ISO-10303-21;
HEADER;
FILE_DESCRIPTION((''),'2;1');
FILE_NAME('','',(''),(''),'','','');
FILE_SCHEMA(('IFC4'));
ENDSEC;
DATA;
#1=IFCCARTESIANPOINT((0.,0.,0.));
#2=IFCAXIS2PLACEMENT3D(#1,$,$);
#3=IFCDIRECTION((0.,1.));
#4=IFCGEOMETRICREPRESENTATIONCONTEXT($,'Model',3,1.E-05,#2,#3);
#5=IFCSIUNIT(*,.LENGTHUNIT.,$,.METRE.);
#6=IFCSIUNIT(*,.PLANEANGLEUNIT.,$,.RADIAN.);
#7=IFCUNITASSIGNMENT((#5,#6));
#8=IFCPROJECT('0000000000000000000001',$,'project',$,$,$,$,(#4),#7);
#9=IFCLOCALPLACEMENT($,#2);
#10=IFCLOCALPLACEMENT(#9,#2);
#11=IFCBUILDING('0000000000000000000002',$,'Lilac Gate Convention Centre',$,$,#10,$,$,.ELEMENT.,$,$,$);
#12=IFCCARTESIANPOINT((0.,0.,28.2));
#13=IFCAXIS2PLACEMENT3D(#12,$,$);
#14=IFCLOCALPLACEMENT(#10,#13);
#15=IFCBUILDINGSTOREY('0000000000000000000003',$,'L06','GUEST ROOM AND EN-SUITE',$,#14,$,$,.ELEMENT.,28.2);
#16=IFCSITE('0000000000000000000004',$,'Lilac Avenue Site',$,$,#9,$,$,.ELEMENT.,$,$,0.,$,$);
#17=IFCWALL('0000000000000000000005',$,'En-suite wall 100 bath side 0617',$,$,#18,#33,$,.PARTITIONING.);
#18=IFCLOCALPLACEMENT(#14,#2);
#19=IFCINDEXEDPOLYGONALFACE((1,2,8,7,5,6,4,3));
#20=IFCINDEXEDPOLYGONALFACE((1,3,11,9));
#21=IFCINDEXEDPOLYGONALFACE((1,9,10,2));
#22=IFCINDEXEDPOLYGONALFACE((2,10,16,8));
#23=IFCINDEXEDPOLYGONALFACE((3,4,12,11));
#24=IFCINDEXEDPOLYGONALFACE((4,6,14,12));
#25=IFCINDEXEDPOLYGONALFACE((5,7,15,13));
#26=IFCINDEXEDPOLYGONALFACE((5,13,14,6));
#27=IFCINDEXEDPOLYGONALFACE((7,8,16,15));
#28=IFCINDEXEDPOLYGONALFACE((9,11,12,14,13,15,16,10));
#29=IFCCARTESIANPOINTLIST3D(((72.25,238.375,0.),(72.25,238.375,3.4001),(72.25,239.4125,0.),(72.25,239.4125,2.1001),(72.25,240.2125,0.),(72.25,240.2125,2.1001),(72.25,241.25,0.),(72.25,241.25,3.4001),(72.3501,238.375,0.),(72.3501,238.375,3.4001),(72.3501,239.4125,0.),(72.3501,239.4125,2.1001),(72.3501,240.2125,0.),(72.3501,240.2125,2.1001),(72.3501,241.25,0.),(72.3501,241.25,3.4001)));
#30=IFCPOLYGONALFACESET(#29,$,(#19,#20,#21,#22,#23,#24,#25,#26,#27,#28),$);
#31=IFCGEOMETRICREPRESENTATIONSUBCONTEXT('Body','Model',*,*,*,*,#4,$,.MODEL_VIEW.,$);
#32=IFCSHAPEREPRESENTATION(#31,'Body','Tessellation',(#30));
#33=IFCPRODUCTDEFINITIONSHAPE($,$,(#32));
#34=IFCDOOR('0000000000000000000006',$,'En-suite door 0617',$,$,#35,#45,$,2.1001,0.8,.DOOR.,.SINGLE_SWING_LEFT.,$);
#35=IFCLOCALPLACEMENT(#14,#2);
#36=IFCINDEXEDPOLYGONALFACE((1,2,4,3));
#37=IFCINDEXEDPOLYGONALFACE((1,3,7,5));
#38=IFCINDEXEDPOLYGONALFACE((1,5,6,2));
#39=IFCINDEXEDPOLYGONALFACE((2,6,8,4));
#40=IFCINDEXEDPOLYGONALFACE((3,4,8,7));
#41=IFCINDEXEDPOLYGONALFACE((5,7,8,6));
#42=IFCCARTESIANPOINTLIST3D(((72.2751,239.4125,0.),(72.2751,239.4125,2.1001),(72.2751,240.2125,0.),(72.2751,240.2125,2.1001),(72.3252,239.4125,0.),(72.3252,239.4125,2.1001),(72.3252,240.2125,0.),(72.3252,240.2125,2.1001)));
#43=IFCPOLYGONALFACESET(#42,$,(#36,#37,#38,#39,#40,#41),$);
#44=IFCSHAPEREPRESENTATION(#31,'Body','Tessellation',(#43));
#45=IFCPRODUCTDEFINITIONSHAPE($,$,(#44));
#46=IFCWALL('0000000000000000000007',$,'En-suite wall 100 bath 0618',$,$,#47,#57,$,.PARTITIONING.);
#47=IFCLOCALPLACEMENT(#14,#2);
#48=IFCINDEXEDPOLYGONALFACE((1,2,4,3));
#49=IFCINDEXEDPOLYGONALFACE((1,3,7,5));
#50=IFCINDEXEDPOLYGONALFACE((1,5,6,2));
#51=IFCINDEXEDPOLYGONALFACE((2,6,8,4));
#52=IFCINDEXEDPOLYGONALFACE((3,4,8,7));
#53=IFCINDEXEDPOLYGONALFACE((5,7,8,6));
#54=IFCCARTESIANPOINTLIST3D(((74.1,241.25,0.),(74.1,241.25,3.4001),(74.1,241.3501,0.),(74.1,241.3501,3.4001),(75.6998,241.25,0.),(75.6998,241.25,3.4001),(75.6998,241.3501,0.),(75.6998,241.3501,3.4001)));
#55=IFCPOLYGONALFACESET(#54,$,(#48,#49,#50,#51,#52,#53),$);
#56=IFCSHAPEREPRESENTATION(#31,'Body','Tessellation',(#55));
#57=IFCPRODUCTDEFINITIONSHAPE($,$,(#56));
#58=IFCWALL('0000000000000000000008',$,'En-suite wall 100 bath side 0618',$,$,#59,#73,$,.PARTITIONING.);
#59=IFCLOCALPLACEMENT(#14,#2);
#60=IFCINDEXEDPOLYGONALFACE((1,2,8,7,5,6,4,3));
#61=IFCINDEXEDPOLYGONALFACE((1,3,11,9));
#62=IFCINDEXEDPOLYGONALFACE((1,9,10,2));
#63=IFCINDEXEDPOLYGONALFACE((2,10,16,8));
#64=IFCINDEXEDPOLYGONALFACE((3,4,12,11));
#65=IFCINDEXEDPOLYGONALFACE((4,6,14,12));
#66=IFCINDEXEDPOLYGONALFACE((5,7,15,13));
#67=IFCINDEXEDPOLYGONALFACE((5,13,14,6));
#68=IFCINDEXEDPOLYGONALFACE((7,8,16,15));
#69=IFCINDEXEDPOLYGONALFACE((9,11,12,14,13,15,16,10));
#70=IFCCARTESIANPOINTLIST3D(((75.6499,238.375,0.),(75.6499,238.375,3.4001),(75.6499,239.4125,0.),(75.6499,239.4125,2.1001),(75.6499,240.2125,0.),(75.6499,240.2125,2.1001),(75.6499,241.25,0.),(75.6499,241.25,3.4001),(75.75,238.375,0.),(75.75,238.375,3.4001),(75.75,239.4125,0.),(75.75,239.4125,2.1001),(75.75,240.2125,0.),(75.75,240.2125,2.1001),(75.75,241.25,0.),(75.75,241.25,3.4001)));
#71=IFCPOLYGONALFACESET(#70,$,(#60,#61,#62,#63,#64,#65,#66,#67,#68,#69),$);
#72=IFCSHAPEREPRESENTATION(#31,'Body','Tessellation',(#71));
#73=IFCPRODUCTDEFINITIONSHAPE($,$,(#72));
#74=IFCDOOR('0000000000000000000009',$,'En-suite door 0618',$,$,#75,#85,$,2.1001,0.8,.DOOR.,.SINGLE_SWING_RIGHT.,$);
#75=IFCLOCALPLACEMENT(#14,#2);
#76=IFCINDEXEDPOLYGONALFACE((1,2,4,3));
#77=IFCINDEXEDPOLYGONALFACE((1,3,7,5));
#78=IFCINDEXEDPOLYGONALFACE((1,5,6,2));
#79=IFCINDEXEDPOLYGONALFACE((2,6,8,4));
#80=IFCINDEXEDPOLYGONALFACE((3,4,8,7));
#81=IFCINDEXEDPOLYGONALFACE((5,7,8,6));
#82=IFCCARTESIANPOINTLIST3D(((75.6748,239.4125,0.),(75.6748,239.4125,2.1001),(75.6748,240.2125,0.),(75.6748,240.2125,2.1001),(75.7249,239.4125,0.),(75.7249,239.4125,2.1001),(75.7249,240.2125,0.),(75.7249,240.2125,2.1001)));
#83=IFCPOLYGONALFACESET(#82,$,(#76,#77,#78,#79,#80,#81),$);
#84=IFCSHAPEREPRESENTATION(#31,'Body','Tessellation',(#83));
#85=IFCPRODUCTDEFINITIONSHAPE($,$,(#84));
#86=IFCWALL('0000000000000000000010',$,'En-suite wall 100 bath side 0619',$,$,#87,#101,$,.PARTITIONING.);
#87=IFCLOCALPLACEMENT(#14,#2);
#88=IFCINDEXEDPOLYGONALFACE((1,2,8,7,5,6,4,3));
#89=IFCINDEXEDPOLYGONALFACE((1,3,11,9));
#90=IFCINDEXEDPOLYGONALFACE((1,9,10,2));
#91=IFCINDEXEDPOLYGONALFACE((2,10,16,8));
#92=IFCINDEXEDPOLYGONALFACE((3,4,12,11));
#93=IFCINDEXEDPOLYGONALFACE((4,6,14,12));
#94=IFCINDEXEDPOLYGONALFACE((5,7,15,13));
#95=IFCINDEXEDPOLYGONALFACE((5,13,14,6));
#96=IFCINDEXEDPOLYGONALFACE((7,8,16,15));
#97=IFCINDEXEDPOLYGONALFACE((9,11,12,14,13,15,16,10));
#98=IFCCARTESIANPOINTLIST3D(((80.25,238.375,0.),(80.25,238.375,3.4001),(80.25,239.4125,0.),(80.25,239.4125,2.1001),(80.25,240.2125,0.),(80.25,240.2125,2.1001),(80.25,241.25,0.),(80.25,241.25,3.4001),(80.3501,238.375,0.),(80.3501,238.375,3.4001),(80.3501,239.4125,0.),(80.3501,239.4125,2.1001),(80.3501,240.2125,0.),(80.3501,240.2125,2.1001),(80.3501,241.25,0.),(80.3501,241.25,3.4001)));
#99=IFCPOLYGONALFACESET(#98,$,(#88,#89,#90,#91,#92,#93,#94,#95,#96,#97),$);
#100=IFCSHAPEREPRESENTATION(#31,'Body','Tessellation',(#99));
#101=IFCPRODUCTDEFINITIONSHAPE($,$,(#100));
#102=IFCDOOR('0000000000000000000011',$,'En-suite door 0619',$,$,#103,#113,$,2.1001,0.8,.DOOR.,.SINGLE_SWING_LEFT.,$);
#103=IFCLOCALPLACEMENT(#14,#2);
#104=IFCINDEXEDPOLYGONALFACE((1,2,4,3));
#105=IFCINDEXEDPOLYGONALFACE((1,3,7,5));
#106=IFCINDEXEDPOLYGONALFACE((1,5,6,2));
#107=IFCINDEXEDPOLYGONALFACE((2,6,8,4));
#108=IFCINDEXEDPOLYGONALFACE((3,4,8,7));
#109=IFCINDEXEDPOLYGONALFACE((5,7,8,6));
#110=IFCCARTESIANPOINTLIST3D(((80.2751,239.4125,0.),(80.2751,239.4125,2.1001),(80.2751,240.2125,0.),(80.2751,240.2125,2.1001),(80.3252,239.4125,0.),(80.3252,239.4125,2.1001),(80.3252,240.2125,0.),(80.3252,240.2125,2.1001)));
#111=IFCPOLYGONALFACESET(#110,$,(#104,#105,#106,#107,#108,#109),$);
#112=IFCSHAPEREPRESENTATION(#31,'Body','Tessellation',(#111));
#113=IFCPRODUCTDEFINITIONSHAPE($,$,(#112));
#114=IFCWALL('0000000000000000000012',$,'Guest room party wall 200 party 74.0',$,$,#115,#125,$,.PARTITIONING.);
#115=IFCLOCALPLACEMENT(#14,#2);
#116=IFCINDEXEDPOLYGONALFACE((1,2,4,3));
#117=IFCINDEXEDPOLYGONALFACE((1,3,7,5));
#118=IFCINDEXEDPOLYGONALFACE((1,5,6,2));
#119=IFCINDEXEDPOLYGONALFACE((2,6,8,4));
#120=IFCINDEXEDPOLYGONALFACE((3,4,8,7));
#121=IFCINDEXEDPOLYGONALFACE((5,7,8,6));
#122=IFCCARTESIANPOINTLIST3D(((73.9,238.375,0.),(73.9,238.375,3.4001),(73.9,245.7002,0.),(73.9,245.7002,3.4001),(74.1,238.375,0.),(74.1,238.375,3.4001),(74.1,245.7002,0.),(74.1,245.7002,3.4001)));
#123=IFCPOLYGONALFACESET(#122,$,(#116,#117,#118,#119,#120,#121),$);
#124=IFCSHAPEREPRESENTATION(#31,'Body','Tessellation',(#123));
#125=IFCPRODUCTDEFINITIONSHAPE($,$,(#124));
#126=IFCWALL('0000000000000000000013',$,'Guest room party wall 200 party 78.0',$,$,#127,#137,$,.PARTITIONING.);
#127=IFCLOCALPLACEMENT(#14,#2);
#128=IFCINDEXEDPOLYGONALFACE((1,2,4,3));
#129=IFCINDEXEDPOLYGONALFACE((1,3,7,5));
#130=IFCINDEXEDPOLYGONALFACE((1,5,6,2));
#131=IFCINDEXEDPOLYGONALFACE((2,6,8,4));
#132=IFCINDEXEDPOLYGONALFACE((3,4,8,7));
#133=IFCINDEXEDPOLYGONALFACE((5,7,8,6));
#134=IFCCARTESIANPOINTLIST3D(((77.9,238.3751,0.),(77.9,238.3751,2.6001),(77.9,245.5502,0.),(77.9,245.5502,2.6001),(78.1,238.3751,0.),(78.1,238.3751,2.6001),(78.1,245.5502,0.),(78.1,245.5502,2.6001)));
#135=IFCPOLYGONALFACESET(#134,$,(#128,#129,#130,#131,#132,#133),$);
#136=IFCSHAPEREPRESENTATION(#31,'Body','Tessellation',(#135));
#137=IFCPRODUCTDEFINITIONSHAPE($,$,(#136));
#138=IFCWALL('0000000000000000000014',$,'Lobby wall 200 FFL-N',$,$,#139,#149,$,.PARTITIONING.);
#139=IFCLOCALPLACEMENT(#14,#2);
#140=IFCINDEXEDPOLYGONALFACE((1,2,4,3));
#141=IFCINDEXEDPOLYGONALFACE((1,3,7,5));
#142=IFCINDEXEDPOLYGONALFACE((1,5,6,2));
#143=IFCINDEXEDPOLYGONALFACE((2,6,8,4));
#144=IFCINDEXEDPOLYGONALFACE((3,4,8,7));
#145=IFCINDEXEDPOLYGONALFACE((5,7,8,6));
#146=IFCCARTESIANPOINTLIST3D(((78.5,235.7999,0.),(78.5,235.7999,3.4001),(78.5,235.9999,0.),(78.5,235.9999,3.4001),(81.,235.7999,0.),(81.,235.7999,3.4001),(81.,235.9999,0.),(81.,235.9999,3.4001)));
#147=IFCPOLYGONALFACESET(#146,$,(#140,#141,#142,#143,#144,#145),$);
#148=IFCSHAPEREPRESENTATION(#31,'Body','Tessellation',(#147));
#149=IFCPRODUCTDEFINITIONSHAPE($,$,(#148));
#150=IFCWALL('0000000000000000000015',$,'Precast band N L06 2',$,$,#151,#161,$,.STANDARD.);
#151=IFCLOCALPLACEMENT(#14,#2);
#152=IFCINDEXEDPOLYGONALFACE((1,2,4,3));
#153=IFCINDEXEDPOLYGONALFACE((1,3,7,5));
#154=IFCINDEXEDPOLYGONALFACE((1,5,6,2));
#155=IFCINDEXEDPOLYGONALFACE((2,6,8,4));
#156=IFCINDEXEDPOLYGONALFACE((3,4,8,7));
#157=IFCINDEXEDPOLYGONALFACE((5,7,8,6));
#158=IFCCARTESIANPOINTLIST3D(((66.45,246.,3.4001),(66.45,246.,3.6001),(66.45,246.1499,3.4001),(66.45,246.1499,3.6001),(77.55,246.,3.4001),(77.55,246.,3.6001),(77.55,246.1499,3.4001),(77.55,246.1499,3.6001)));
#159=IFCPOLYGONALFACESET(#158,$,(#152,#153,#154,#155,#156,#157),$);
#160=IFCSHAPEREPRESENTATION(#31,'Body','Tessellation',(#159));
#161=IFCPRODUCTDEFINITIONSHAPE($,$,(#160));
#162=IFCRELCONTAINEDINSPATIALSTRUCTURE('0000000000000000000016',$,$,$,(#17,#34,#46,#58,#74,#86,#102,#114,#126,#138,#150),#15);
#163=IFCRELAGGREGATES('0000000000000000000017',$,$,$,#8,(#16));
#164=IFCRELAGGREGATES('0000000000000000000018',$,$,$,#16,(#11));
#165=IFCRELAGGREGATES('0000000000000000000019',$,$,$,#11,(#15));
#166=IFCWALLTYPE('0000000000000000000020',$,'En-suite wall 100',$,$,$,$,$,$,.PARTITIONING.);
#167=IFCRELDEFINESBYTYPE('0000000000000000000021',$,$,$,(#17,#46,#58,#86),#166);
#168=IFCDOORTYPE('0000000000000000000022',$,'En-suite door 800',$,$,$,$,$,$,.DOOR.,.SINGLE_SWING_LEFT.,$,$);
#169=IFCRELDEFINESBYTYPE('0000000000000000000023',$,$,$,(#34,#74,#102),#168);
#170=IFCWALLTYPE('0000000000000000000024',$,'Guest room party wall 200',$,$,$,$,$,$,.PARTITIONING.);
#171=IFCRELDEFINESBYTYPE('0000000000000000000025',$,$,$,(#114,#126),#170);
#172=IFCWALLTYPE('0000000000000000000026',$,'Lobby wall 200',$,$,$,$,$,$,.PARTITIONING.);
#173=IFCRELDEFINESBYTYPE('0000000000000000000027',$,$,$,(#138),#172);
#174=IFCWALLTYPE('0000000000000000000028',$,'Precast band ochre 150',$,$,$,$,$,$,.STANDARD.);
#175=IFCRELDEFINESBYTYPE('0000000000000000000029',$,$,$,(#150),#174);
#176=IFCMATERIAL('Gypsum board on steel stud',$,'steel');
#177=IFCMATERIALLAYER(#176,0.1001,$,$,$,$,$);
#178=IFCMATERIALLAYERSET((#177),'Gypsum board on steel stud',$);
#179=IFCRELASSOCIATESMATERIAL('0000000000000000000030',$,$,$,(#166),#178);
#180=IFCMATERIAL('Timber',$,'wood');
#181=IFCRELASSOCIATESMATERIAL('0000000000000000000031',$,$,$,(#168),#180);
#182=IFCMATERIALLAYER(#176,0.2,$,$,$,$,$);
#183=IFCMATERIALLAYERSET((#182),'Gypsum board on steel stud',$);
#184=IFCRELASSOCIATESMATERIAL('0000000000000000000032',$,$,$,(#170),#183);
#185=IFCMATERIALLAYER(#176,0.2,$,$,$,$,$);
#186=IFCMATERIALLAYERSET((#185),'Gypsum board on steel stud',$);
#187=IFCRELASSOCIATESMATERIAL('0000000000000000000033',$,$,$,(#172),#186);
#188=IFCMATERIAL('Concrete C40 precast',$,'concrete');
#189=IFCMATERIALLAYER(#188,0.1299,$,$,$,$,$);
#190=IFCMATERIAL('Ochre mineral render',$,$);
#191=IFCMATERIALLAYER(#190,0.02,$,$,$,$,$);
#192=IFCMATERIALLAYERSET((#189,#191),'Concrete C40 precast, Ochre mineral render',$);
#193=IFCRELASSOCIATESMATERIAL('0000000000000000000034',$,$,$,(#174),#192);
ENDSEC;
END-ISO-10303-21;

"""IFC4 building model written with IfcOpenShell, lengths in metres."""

from ifc_helpers import new_model, si_unit, direction, frame, frame_2d, origin, place, context, subcontext, project, spatial, rectangle, extrude, material, layer, layer_set, type_object, element, fill, save


model = new_model("IFC4")

# Units and contexts
model_context = context("Model", 3, precision=1e-05, world=origin(), true_north=direction((0.0, 1.0)))
body_context = subcontext(model_context, "Body", "Model", "MODEL_VIEW")
ifc_project = project(units=[si_unit("LENGTHUNIT", "METRE"), si_unit("PLANEANGLEUNIT", "RADIAN")], contexts=[model_context])

# Site, building, storey
site_placement = place(None, origin())
site = spatial("IfcSite", under=ifc_project, at=site_placement, Name="Lilac Avenue Site", CompositionType="ELEMENT", RefElevation=0.0)
building_placement = place(site_placement, origin())
building = spatial("IfcBuilding", under=site, at=building_placement, Name="Lilac Gate Convention Centre", CompositionType="ELEMENT")
storey_placement = place(building_placement, frame((0.0, 0.0, 28.2)))
storey = spatial("IfcBuildingStorey", under=building, at=storey_placement, Name="L06", Description="GUEST ROOM AND EN-SUITE", CompositionType="ELEMENT", Elevation=28.2)

# Shared definitions
ifc_material_1 = material(Name="Gypsum board on steel stud", Category="steel")
ifc_material_2 = material(Name="Timber", Category="wood")

# Shared definitions
ifc_layer_1 = layer(ifc_material_1, 0.1001)
ifc_layer_set_1 = layer_set([ifc_layer_1], Name="Gypsum board on steel stud")
wall_type_1 = type_object("IfcWallType", Name="En-suite wall 100", PredefinedType="PARTITIONING", material=ifc_layer_set_1)

# Wall, opening, door
wall_1_placement = place(storey_placement, frame((72.3, 238.375, 0.0), z_axis=(0.0, 0.0, 1.0), x_axis=(0.0, 1.0, 0.0)))
wall_1 = element("IfcWall", 1, at=wall_1_placement, inside=storey, type_object=wall_type_1, Name="En-suite wall 100 bath side 0617", PredefinedType="PARTITIONING", context=body_context, shape_type="SweptSolid", body=[
    extrude(rectangle(XDim=2.875, YDim=0.1001, at=frame_2d((1.4375, 0.0))), origin(), (0.0, 0.0, 1.0), 3.4001),
])
opening_1_placement = place(wall_1_placement, frame((1.0376, 0.0, 0.0)))
opening_1 = element("IfcOpeningElement", 2, at=opening_1_placement, cuts=wall_1, PredefinedType="OPENING", context=body_context, shape_type="SweptSolid", body=[
    extrude(rectangle(XDim=0.8, YDim=2.1001, at=frame_2d((0.3999, 1.05))), frame((0.0, 0.0601, 0.0), z_axis=(0.0, -1.0, 0.0), x_axis=(1.0, 0.0, 0.0)), (0.0, 0.0, 1.0), 0.1201),
])
door_type_1 = type_object("IfcDoorType", Name="En-suite door 800", OperationType="SINGLE_SWING_LEFT", PredefinedType="DOOR", material=ifc_material_2)
door_1_placement = place(opening_1_placement, origin())
door_1 = element("IfcDoor", 3, at=door_1_placement, inside=storey, type_object=door_type_1, Name="En-suite door 0617", OperationType="SINGLE_SWING_LEFT", OverallHeight=2.1001, OverallWidth=0.8, PredefinedType="DOOR", context=body_context, shape_type="SweptSolid", body=[
    extrude(rectangle(XDim=0.8, YDim=2.1001, at=frame_2d((0.3999, 1.05))), frame((0.0, 0.0249, 0.0), z_axis=(0.0, -1.0, 0.0), x_axis=(1.0, 0.0, 0.0)), (0.0, 0.0, 1.0), 0.05),
])
fill(opening_1, door_1)

# Wall
wall_2_placement = place(storey_placement, frame((74.1001, 241.3, 0.0), z_axis=(0.0, 0.0, 1.0), x_axis=(1.0, 0.0, 0.0)))
element("IfcWall", 4, at=wall_2_placement, inside=storey, type_object=wall_type_1, Name="En-suite wall 100 bath 0618", PredefinedType="PARTITIONING", context=body_context, shape_type="SweptSolid", body=[
    extrude(rectangle(XDim=1.5999, YDim=0.1001, at=frame_2d((0.7998, 0.0))), origin(), (0.0, 0.0, 1.0), 3.4001),
])

# Walls, openings, doors
wall_3_placement = place(storey_placement, frame((75.7, 241.25, 0.0), z_axis=(0.0, 0.0, 1.0), x_axis=(0.0, -1.0, 0.0)))
wall_3 = element("IfcWall", 5, at=wall_3_placement, inside=storey, type_object=wall_type_1, Name="En-suite wall 100 bath side 0618", PredefinedType="PARTITIONING", context=body_context, shape_type="SweptSolid", body=[
    extrude(rectangle(XDim=2.875, YDim=0.1001, at=frame_2d((1.4375, 0.0))), origin(), (0.0, 0.0, 1.0), 3.4001),
])
opening_2_placement = place(wall_3_placement, frame((1.0376, 0.0, 0.0)))
opening_2 = element("IfcOpeningElement", 6, at=opening_2_placement, cuts=wall_3, PredefinedType="OPENING", context=body_context, shape_type="SweptSolid", body=[
    extrude(rectangle(XDim=0.8, YDim=2.1001, at=frame_2d((0.3999, 1.05))), frame((0.0, 0.0601, 0.0), z_axis=(0.0, -1.0, 0.0), x_axis=(1.0, 0.0, 0.0)), (0.0, 0.0, 1.0), 0.1201),
])
door_2_placement = place(opening_2_placement, origin())
door_2 = element("IfcDoor", 7, at=door_2_placement, inside=storey, type_object=door_type_1, Name="En-suite door 0618", OperationType="SINGLE_SWING_RIGHT", OverallHeight=2.1001, OverallWidth=0.8, PredefinedType="DOOR", context=body_context, shape_type="SweptSolid", body=[
    extrude(rectangle(XDim=0.8, YDim=2.1001, at=frame_2d((0.3999, 1.05))), frame((0.0, 0.0249, 0.0), z_axis=(0.0, -1.0, 0.0), x_axis=(1.0, 0.0, 0.0)), (0.0, 0.0, 1.0), 0.05),
])
fill(opening_2, door_2)
wall_4_placement = place(storey_placement, frame((80.3, 238.375, 0.0), z_axis=(0.0, 0.0, 1.0), x_axis=(0.0, 1.0, 0.0)))
wall_4 = element("IfcWall", 8, at=wall_4_placement, inside=storey, type_object=wall_type_1, Name="En-suite wall 100 bath side 0619", PredefinedType="PARTITIONING", context=body_context, shape_type="SweptSolid", body=[
    extrude(rectangle(XDim=2.875, YDim=0.1001, at=frame_2d((1.4375, 0.0))), origin(), (0.0, 0.0, 1.0), 3.4001),
])
opening_3_placement = place(wall_4_placement, frame((1.0376, 0.0, 0.0)))
opening_3 = element("IfcOpeningElement", 9, at=opening_3_placement, cuts=wall_4, PredefinedType="OPENING", context=body_context, shape_type="SweptSolid", body=[
    extrude(rectangle(XDim=0.8, YDim=2.1001, at=frame_2d((0.3999, 1.05))), frame((0.0, 0.0601, 0.0), z_axis=(0.0, -1.0, 0.0), x_axis=(1.0, 0.0, 0.0)), (0.0, 0.0, 1.0), 0.1201),
])
door_3_placement = place(opening_3_placement, origin())
door_3 = element("IfcDoor", 10, at=door_3_placement, inside=storey, type_object=door_type_1, Name="En-suite door 0619", OperationType="SINGLE_SWING_LEFT", OverallHeight=2.1001, OverallWidth=0.8, PredefinedType="DOOR", context=body_context, shape_type="SweptSolid", body=[
    extrude(rectangle(XDim=0.8, YDim=2.1001, at=frame_2d((0.3999, 1.05))), frame((0.0, 0.0249, 0.0), z_axis=(0.0, -1.0, 0.0), x_axis=(1.0, 0.0, 0.0)), (0.0, 0.0, 1.0), 0.05),
])
fill(opening_3, door_3)

# Walls
ifc_layer_2 = layer(ifc_material_1, 0.2)
ifc_layer_set_2 = layer_set([ifc_layer_2], Name="Gypsum board on steel stud")
wall_type_2 = type_object("IfcWallType", Name="Guest room party wall 200", PredefinedType="PARTITIONING", material=ifc_layer_set_2)
wall_5_placement = place(storey_placement, frame((74.0, 245.7002, 0.0), z_axis=(0.0, 0.0, 1.0), x_axis=(0.0, -1.0, 0.0)))
element("IfcWall", 11, at=wall_5_placement, inside=storey, type_object=wall_type_2, Name="Guest room party wall 200 party 74.0", PredefinedType="PARTITIONING", context=body_context, shape_type="SweptSolid", body=[
    extrude(rectangle(XDim=7.3252, YDim=0.2, at=frame_2d((3.6626, 0.0))), origin(), (0.0, 0.0, 1.0), 3.4001),
])
wall_6_placement = place(storey_placement, frame((78.0, 245.55, 0.0), z_axis=(0.0, 0.0, 1.0), x_axis=(0.0, -1.0, 0.0)))
element("IfcWall", 12, at=wall_6_placement, inside=storey, type_object=wall_type_2, Name="Guest room party wall 200 party 78.0", PredefinedType="PARTITIONING", context=body_context, shape_type="SweptSolid", body=[
    extrude(rectangle(XDim=7.175, YDim=0.2, at=frame_2d((3.5874, 0.0))), origin(), (0.0, 0.0, 1.0), 2.6001),
])
ifc_layer_3 = layer(ifc_material_1, 0.2)
ifc_layer_set_3 = layer_set([ifc_layer_3], Name="Gypsum board on steel stud")
wall_type_3 = type_object("IfcWallType", Name="Lobby wall 200", PredefinedType="PARTITIONING", material=ifc_layer_set_3)
wall_7_placement = place(storey_placement, frame((78.5, 235.8999, 0.0), z_axis=(0.0, 0.0, 1.0), x_axis=(1.0, 0.0, 0.0)))
element("IfcWall", 13, at=wall_7_placement, inside=storey, type_object=wall_type_3, Name="Lobby wall 200 FFL-N", PredefinedType="PARTITIONING", context=body_context, shape_type="SweptSolid", body=[
    extrude(rectangle(XDim=2.5, YDim=0.2, at=frame_2d((1.25, 0.0))), origin(), (0.0, 0.0, 1.0), 3.4001),
])
ifc_material_3 = material(Name="Concrete C40 precast", Category="concrete")
ifc_layer_4 = layer(ifc_material_3, 0.1299)
ifc_material_4 = material(Name="Ochre mineral render")
ifc_layer_5 = layer(ifc_material_4, 0.02)
ifc_layer_set_4 = layer_set([ifc_layer_4, ifc_layer_5], Name="Concrete C40 precast, Ochre mineral render")
wall_type_4 = type_object("IfcWallType", Name="Precast band ochre 150", PredefinedType="STANDARD", material=ifc_layer_set_4)
wall_8_placement = place(storey_placement, frame((77.55, 246.075, 3.4001), z_axis=(0.0, 0.0, 1.0), x_axis=(-1.0, 0.0, 0.0)))
element("IfcWall", 14, at=wall_8_placement, inside=storey, type_object=wall_type_4, Name="Precast band N L06 2", PredefinedType="STANDARD", context=body_context, shape_type="SweptSolid", body=[
    extrude(rectangle(XDim=11.1001, YDim=0.1499, at=frame_2d((5.55, 0.0))), origin(), (0.0, 0.0, 1.0), 0.2),
])

save(model, "model.ifc")
